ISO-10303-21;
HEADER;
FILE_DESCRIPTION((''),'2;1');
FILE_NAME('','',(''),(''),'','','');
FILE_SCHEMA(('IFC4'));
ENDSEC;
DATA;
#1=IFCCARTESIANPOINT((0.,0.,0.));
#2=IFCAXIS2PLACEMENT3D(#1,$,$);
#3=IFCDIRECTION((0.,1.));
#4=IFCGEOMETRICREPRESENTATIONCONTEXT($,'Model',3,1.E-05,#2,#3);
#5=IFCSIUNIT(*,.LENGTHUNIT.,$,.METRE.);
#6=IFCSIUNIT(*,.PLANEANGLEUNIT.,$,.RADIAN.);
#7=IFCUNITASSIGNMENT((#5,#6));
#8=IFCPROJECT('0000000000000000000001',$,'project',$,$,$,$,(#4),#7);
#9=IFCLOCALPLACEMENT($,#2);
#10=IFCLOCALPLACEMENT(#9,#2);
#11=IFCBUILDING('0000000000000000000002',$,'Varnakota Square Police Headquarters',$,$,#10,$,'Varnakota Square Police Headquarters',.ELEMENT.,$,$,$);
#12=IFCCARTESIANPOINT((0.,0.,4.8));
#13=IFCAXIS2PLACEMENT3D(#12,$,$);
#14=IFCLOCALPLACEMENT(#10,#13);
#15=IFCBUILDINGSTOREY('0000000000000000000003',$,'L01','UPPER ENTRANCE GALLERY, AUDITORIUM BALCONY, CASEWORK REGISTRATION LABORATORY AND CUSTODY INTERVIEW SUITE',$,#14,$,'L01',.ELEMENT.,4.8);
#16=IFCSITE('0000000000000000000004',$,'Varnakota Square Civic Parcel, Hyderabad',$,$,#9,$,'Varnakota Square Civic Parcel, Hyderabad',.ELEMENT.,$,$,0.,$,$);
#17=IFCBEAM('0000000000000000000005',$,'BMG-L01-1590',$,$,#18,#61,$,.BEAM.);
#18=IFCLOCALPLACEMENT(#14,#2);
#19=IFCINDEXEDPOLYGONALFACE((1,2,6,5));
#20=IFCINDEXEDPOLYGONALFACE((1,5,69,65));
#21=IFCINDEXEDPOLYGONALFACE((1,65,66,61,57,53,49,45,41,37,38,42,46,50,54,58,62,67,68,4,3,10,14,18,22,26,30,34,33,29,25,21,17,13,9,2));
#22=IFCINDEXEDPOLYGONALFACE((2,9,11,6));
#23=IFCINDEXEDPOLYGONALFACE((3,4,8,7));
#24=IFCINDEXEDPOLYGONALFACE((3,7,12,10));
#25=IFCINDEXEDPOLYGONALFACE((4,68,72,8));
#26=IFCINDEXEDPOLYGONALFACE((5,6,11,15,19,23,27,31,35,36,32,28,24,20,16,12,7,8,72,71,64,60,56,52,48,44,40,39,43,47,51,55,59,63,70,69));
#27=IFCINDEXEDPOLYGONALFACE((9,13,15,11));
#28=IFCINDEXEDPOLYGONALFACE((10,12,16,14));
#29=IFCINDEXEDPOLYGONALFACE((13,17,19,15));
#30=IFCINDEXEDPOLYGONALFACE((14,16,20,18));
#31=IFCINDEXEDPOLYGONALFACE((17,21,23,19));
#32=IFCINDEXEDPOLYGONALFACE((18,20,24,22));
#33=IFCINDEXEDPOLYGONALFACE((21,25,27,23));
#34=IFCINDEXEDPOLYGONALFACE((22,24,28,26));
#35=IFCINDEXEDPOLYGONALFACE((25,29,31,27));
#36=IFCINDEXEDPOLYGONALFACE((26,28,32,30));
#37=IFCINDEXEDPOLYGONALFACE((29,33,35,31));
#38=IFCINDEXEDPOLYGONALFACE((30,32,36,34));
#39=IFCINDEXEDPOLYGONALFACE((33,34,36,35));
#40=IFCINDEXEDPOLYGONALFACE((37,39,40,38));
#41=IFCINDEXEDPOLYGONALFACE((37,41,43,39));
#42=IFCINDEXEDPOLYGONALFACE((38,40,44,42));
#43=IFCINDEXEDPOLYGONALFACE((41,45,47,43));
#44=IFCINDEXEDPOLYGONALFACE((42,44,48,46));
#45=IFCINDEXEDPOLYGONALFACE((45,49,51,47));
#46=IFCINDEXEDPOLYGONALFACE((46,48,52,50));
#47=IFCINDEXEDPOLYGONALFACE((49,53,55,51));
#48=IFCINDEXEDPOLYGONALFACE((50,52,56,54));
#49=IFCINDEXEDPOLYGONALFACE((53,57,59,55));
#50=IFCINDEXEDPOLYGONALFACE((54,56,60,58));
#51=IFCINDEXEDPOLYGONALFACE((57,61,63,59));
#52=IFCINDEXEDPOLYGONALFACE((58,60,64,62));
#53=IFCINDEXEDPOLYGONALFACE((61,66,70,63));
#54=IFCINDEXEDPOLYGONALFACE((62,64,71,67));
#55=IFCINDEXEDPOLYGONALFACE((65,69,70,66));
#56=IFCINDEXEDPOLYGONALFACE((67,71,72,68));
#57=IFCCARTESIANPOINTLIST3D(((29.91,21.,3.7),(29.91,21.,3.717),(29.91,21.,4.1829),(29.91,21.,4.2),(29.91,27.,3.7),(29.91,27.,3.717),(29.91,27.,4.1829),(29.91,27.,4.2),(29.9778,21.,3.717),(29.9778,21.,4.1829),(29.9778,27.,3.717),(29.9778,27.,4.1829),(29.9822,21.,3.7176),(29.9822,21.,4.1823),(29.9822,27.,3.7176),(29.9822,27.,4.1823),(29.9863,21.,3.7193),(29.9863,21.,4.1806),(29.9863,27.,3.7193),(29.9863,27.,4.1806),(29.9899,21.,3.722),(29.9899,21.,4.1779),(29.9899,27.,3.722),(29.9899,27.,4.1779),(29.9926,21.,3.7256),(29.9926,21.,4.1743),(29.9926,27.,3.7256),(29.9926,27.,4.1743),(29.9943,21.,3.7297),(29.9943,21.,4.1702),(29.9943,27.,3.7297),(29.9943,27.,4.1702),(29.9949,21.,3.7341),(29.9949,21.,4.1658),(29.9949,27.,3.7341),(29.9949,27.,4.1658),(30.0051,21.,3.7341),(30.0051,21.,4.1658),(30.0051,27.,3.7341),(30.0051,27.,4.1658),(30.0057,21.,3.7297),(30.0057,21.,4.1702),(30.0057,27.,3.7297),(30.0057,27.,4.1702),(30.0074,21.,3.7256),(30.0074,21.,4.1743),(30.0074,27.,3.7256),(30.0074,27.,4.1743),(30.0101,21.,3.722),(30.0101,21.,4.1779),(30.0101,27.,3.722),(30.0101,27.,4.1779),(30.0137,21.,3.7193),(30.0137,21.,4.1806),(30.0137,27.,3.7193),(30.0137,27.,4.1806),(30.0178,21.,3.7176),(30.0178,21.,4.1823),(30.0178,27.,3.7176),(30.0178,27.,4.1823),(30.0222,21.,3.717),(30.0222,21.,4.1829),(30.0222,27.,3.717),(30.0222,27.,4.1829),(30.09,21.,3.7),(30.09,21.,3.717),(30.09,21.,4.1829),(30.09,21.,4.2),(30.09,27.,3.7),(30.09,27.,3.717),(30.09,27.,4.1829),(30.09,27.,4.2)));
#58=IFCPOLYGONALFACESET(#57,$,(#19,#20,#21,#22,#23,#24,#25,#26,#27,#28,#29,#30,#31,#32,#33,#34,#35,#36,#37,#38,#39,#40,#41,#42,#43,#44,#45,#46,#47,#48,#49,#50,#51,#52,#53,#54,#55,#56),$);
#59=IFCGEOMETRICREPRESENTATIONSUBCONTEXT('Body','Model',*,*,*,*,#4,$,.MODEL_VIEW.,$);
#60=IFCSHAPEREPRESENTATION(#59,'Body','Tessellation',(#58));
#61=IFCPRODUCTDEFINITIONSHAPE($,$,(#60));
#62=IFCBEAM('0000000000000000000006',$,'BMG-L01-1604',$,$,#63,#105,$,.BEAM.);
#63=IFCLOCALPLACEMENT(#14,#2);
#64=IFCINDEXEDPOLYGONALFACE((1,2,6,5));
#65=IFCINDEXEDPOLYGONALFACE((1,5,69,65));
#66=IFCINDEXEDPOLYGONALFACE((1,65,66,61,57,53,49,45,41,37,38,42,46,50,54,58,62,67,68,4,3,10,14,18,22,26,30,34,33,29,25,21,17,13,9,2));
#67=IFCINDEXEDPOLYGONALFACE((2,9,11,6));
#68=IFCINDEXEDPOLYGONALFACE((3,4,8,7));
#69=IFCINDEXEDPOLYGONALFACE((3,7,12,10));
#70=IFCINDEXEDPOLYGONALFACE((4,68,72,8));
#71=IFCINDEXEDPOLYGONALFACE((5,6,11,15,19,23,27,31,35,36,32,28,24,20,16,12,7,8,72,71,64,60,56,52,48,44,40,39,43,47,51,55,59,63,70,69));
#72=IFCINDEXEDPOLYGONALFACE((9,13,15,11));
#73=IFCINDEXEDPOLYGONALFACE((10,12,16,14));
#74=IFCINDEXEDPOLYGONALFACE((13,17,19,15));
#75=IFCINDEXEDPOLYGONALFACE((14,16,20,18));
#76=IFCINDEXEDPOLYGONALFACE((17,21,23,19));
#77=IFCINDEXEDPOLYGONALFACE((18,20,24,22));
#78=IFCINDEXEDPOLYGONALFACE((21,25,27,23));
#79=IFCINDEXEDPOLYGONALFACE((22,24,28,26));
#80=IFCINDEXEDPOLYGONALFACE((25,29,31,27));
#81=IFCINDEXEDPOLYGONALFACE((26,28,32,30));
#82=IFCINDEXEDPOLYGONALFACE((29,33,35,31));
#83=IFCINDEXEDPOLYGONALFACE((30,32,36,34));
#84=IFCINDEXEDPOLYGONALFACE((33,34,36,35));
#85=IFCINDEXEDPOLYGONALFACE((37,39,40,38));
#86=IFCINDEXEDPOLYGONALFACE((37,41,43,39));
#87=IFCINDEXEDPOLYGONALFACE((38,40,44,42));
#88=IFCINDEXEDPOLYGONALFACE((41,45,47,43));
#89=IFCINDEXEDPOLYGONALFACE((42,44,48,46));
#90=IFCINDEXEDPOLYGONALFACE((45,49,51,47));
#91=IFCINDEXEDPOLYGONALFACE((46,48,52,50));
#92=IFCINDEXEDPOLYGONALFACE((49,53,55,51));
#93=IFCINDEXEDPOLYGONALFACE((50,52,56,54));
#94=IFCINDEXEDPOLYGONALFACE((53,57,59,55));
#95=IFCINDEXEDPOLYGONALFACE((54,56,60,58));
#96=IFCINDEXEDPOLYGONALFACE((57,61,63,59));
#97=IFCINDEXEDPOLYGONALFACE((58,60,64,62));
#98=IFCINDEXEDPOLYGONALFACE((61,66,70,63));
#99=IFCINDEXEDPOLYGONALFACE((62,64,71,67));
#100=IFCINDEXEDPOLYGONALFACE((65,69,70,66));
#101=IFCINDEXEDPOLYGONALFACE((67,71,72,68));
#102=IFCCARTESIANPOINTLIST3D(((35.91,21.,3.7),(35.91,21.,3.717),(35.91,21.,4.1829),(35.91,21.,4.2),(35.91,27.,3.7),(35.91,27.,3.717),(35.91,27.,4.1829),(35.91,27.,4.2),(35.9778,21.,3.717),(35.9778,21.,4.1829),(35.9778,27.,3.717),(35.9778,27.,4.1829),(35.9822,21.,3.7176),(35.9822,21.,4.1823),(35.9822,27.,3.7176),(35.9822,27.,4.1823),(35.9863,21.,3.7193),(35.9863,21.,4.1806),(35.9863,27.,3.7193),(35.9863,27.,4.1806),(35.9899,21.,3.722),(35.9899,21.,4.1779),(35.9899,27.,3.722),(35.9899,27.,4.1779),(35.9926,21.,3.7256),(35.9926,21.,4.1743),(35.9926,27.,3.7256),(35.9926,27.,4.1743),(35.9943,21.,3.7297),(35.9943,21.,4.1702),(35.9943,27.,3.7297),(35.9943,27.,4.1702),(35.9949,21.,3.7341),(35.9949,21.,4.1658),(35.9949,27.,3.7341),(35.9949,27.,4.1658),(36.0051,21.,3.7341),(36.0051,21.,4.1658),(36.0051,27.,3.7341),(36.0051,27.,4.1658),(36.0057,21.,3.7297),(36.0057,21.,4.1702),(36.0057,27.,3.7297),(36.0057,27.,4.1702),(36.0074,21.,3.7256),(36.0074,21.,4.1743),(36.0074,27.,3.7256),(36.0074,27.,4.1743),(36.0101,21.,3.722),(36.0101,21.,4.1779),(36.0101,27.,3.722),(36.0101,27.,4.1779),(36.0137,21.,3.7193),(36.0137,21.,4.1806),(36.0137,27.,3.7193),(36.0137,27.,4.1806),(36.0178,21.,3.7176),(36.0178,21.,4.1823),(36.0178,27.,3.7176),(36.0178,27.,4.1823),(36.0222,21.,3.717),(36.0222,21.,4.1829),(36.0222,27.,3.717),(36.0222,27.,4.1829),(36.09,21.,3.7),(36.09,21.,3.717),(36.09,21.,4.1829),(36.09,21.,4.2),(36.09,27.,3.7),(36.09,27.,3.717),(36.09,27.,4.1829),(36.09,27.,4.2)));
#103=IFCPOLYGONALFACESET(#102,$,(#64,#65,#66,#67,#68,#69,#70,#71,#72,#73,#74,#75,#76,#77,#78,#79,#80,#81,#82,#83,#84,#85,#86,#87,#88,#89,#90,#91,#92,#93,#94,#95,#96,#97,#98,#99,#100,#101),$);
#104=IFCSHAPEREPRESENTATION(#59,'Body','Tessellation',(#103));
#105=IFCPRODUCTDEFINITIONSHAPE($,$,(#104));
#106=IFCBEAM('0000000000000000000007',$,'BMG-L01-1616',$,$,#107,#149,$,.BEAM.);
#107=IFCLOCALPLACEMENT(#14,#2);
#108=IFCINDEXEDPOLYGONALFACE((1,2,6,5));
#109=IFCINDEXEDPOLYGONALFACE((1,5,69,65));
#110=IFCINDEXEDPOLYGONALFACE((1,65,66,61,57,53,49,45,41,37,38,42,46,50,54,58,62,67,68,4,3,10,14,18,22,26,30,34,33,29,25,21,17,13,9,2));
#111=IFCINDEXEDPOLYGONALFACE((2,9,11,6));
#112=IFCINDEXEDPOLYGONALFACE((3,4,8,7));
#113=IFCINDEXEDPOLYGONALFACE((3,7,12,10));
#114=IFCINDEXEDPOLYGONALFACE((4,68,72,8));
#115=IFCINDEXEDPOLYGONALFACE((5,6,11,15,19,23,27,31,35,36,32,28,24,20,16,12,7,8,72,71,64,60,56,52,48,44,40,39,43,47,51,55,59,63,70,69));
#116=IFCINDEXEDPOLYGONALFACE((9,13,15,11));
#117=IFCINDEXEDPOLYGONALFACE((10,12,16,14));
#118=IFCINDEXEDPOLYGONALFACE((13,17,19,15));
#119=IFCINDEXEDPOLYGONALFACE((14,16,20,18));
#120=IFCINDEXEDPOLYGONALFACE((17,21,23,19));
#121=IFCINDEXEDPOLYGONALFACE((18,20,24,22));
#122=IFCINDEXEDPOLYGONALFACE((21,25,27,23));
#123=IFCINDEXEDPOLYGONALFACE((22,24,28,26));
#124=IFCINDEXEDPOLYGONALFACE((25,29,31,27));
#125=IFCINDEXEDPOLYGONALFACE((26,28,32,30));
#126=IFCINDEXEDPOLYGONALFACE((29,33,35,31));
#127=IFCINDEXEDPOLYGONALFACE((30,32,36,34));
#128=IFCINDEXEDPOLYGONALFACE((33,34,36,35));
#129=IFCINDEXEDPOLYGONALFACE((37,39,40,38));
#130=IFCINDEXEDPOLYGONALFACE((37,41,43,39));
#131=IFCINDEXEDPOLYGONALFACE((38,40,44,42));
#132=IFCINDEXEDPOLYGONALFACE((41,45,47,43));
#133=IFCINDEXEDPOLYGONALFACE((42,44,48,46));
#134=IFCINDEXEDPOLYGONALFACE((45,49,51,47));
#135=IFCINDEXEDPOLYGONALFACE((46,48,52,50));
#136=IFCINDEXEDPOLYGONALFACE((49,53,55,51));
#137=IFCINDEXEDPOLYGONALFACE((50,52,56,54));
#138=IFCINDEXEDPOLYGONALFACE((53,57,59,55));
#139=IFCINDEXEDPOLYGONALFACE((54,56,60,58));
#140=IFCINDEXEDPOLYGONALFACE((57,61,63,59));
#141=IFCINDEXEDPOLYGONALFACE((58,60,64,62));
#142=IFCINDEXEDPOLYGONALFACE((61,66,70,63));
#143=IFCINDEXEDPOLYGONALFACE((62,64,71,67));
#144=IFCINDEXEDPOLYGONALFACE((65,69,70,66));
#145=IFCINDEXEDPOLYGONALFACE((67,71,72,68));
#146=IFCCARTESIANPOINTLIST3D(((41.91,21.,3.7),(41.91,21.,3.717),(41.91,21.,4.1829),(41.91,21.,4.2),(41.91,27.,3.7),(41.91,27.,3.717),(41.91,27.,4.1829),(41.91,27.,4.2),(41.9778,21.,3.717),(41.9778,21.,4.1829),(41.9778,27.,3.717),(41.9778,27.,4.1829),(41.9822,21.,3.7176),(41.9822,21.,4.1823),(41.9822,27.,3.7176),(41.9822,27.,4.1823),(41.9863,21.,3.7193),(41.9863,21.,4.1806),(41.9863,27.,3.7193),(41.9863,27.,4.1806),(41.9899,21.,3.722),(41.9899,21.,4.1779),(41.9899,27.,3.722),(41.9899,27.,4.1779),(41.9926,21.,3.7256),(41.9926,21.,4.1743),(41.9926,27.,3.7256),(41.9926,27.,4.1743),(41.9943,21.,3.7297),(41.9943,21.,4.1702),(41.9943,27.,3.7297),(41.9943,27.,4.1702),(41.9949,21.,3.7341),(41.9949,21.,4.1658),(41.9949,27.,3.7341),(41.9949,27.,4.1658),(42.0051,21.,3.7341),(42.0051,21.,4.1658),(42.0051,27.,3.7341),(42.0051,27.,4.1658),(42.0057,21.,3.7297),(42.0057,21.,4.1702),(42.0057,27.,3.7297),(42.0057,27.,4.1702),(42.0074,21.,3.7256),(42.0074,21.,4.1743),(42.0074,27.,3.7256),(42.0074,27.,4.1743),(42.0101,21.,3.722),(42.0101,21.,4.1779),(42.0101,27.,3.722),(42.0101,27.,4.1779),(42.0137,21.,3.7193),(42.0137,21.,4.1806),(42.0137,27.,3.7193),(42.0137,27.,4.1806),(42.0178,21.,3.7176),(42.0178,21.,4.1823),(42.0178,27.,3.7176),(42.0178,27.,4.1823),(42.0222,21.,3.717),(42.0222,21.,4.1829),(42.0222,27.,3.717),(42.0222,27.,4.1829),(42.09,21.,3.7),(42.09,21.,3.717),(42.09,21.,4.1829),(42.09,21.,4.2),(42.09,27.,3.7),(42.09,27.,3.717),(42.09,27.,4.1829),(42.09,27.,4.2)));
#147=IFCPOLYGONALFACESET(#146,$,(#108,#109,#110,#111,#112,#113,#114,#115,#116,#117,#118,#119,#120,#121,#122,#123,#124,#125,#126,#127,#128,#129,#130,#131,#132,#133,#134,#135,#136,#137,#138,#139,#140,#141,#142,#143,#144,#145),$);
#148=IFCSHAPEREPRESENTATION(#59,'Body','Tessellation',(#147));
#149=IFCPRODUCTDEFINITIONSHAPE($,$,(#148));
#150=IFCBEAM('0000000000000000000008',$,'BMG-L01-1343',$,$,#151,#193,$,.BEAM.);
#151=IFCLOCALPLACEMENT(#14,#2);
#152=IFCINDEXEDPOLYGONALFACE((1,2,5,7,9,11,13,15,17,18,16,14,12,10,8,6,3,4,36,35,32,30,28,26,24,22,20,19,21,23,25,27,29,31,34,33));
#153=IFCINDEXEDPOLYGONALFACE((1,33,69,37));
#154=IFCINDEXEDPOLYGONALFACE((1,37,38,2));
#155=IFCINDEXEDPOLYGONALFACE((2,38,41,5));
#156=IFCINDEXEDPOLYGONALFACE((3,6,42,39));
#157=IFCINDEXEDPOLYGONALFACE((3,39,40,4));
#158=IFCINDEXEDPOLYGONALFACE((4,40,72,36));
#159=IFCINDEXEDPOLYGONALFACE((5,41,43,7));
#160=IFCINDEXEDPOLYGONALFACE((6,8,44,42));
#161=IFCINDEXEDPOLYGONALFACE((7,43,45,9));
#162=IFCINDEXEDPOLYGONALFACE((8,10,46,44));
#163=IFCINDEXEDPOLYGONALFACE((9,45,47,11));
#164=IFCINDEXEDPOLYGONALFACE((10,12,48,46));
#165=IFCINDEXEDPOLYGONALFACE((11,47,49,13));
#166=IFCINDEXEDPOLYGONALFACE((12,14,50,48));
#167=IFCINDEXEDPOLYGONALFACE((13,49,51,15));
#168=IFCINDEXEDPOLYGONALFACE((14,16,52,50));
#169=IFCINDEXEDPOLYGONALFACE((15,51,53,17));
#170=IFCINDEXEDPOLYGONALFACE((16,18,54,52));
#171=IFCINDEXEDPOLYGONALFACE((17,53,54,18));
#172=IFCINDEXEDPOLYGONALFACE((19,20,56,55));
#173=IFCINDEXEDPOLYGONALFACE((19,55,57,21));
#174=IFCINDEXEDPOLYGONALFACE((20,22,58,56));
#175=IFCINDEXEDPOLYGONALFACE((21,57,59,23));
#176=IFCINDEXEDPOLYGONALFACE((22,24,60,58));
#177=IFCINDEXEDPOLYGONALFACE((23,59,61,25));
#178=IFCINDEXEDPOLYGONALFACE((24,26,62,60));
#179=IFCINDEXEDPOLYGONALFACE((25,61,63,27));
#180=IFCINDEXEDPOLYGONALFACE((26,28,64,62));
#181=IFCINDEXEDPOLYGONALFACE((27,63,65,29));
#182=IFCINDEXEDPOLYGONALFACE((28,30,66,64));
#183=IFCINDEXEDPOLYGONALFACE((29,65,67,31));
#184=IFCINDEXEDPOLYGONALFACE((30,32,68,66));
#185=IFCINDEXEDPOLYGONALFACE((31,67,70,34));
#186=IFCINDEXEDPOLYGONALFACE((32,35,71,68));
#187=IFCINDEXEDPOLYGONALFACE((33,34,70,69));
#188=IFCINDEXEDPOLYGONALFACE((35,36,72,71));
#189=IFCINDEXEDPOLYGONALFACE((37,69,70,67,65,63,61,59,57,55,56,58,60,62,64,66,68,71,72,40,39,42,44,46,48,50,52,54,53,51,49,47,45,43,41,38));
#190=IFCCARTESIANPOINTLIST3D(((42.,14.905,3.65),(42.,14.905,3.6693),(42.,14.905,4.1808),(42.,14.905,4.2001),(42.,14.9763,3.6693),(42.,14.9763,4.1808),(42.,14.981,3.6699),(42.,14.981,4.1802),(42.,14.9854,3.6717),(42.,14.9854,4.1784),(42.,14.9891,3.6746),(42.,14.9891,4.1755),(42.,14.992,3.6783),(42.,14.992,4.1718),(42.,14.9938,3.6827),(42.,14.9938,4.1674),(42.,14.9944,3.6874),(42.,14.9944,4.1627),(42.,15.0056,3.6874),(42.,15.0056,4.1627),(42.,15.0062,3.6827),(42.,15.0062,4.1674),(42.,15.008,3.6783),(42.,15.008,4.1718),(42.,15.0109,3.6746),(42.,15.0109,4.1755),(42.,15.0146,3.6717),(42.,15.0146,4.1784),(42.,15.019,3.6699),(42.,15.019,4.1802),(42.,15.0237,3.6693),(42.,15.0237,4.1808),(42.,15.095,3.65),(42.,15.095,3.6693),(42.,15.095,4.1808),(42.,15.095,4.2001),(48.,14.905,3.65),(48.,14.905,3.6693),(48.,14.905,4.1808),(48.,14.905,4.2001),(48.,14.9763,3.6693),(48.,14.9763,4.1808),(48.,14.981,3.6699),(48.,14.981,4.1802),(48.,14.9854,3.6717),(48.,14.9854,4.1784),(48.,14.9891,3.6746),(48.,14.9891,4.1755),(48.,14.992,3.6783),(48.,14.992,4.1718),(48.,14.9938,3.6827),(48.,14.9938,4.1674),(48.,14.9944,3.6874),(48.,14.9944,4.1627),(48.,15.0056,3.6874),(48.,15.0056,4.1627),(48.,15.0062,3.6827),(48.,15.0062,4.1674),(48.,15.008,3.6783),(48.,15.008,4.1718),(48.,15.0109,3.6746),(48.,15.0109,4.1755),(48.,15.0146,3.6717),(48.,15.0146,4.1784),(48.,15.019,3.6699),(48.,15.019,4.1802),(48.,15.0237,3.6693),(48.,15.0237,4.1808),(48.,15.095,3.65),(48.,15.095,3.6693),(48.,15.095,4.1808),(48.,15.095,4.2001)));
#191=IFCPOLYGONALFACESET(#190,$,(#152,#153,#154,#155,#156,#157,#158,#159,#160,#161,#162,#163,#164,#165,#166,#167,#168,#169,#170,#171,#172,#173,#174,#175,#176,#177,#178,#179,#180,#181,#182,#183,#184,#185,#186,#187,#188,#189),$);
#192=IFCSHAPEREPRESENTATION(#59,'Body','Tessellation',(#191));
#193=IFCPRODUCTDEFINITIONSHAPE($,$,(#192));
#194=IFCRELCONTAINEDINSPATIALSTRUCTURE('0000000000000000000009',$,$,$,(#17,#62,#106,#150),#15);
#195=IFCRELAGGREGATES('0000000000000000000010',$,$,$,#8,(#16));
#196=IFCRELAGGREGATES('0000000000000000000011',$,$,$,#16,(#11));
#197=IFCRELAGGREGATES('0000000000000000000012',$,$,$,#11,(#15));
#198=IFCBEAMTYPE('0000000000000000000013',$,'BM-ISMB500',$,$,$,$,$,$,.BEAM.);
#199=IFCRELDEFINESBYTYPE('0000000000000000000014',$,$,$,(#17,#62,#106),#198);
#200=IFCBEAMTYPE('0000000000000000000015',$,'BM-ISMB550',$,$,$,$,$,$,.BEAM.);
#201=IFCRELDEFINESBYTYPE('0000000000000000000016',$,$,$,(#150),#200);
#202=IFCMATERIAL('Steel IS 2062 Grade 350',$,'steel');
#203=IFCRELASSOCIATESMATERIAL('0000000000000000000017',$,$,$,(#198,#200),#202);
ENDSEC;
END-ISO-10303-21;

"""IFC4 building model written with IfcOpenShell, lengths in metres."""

from ifc_helpers import new_model, si_unit, direction, frame, origin, origin_2d, place, context, subcontext, project, spatial, i_section, extrude, material, material_profile, profile_set, type_object, element, save


model = new_model("IFC4")

# Units and contexts
model_context = context("Model", 3, precision=1e-05, world=origin(), true_north=direction((0.0, 1.0)))
body_context = subcontext(model_context, "Body", "Model", "MODEL_VIEW")
ifc_project = project(units=[si_unit("LENGTHUNIT", "METRE"), si_unit("PLANEANGLEUNIT", "RADIAN")], contexts=[model_context])

# Site, building, storey
site_placement = place(None, origin())
site = spatial("IfcSite", under=ifc_project, at=site_placement, Name="Varnakota Square Civic Parcel, Hyderabad", LongName="Varnakota Square Civic Parcel, Hyderabad", CompositionType="ELEMENT", RefElevation=0.0)
building_placement = place(site_placement, origin())
building = spatial("IfcBuilding", under=site, at=building_placement, Name="Varnakota Square Police Headquarters", LongName="Varnakota Square Police Headquarters", CompositionType="ELEMENT")
storey_placement = place(building_placement, frame((0.0, 0.0, 4.8)))
storey = spatial("IfcBuildingStorey", under=building, at=storey_placement, Name="L01", Description="UPPER ENTRANCE GALLERY, AUDITORIUM BALCONY, CASEWORK REGISTRATION LABORATORY AND CUSTODY INTERVIEW SUITE", LongName="L01", CompositionType="ELEMENT", Elevation=4.8)

# Shared definitions
ifc_material_1 = material(Name="Steel IS 2062 Grade 350", Category="steel")

# Beams
ifc_material_profile_1 = material_profile(ifc_material_1, i_section(OverallWidth=0.1799, OverallDepth=0.5, WebThickness=0.0103, FlangeThickness=0.0171, FilletRadius=0.0171, at=origin_2d()), Name="ISMB 500")
ifc_profile_set_1 = profile_set([ifc_material_profile_1], Name="Steel IS 2062 Grade 350")
beam_type_1 = type_object("IfcBeamType", Name="BM-ISMB500", PredefinedType="BEAM", material=ifc_profile_set_1)
for number, where, z_axis, x_axis, name in (
    (1, (30.0, 21.0, 3.95), (0.0, 1.0, 0.0), (-1.0, 0.0, 0.0), "BMG-L01-1590"),
    (2, (36.0, 21.0, 3.95), (0.0, 1.0, 0.0), (-1.0, 0.0, 0.0), "BMG-L01-1604"),
    (3, (42.0, 21.0, 3.95), (0.0, 1.0, 0.0), (-1.0, 0.0, 0.0), "BMG-L01-1616"),
):
    element("IfcBeam", number, at=place(storey_placement, frame(where, z_axis=z_axis, x_axis=x_axis)), inside=storey, type_object=beam_type_1, Name=name, PredefinedType="BEAM", context=body_context, shape_type="SweptSolid", body=[
        extrude(i_section(OverallWidth=0.1799, OverallDepth=0.5, WebThickness=0.0103, FlangeThickness=0.0171, FilletRadius=0.0171, at=origin_2d()), origin(), (0.0, 0.0, 1.0), 6.0),
    ])
ifc_material_profile_2 = material_profile(ifc_material_1, i_section(OverallWidth=0.1899, OverallDepth=0.55, WebThickness=0.0112, FlangeThickness=0.0193, FilletRadius=0.0181, at=origin_2d()), Name="ISMB 550")
ifc_profile_set_2 = profile_set([ifc_material_profile_2], Name="Steel IS 2062 Grade 350")
beam_type_2 = type_object("IfcBeamType", Name="BM-ISMB550", PredefinedType="BEAM", material=ifc_profile_set_2)
for number, where, z_axis, x_axis, name in (
    (4, (42.0, 15.0, 3.925), (1.0, 0.0, 0.0), (0.0, 1.0, 0.0), "BMG-L01-1343"),
):
    element("IfcBeam", number, at=place(storey_placement, frame(where, z_axis=z_axis, x_axis=x_axis)), inside=storey, type_object=beam_type_2, Name=name, PredefinedType="BEAM", context=body_context, shape_type="SweptSolid", body=[
        extrude(i_section(OverallWidth=0.1899, OverallDepth=0.55, WebThickness=0.0112, FlangeThickness=0.0193, FilletRadius=0.0181, at=origin_2d()), origin(), (0.0, 0.0, 1.0), 6.0),
    ])

save(model, "model.ifc")
